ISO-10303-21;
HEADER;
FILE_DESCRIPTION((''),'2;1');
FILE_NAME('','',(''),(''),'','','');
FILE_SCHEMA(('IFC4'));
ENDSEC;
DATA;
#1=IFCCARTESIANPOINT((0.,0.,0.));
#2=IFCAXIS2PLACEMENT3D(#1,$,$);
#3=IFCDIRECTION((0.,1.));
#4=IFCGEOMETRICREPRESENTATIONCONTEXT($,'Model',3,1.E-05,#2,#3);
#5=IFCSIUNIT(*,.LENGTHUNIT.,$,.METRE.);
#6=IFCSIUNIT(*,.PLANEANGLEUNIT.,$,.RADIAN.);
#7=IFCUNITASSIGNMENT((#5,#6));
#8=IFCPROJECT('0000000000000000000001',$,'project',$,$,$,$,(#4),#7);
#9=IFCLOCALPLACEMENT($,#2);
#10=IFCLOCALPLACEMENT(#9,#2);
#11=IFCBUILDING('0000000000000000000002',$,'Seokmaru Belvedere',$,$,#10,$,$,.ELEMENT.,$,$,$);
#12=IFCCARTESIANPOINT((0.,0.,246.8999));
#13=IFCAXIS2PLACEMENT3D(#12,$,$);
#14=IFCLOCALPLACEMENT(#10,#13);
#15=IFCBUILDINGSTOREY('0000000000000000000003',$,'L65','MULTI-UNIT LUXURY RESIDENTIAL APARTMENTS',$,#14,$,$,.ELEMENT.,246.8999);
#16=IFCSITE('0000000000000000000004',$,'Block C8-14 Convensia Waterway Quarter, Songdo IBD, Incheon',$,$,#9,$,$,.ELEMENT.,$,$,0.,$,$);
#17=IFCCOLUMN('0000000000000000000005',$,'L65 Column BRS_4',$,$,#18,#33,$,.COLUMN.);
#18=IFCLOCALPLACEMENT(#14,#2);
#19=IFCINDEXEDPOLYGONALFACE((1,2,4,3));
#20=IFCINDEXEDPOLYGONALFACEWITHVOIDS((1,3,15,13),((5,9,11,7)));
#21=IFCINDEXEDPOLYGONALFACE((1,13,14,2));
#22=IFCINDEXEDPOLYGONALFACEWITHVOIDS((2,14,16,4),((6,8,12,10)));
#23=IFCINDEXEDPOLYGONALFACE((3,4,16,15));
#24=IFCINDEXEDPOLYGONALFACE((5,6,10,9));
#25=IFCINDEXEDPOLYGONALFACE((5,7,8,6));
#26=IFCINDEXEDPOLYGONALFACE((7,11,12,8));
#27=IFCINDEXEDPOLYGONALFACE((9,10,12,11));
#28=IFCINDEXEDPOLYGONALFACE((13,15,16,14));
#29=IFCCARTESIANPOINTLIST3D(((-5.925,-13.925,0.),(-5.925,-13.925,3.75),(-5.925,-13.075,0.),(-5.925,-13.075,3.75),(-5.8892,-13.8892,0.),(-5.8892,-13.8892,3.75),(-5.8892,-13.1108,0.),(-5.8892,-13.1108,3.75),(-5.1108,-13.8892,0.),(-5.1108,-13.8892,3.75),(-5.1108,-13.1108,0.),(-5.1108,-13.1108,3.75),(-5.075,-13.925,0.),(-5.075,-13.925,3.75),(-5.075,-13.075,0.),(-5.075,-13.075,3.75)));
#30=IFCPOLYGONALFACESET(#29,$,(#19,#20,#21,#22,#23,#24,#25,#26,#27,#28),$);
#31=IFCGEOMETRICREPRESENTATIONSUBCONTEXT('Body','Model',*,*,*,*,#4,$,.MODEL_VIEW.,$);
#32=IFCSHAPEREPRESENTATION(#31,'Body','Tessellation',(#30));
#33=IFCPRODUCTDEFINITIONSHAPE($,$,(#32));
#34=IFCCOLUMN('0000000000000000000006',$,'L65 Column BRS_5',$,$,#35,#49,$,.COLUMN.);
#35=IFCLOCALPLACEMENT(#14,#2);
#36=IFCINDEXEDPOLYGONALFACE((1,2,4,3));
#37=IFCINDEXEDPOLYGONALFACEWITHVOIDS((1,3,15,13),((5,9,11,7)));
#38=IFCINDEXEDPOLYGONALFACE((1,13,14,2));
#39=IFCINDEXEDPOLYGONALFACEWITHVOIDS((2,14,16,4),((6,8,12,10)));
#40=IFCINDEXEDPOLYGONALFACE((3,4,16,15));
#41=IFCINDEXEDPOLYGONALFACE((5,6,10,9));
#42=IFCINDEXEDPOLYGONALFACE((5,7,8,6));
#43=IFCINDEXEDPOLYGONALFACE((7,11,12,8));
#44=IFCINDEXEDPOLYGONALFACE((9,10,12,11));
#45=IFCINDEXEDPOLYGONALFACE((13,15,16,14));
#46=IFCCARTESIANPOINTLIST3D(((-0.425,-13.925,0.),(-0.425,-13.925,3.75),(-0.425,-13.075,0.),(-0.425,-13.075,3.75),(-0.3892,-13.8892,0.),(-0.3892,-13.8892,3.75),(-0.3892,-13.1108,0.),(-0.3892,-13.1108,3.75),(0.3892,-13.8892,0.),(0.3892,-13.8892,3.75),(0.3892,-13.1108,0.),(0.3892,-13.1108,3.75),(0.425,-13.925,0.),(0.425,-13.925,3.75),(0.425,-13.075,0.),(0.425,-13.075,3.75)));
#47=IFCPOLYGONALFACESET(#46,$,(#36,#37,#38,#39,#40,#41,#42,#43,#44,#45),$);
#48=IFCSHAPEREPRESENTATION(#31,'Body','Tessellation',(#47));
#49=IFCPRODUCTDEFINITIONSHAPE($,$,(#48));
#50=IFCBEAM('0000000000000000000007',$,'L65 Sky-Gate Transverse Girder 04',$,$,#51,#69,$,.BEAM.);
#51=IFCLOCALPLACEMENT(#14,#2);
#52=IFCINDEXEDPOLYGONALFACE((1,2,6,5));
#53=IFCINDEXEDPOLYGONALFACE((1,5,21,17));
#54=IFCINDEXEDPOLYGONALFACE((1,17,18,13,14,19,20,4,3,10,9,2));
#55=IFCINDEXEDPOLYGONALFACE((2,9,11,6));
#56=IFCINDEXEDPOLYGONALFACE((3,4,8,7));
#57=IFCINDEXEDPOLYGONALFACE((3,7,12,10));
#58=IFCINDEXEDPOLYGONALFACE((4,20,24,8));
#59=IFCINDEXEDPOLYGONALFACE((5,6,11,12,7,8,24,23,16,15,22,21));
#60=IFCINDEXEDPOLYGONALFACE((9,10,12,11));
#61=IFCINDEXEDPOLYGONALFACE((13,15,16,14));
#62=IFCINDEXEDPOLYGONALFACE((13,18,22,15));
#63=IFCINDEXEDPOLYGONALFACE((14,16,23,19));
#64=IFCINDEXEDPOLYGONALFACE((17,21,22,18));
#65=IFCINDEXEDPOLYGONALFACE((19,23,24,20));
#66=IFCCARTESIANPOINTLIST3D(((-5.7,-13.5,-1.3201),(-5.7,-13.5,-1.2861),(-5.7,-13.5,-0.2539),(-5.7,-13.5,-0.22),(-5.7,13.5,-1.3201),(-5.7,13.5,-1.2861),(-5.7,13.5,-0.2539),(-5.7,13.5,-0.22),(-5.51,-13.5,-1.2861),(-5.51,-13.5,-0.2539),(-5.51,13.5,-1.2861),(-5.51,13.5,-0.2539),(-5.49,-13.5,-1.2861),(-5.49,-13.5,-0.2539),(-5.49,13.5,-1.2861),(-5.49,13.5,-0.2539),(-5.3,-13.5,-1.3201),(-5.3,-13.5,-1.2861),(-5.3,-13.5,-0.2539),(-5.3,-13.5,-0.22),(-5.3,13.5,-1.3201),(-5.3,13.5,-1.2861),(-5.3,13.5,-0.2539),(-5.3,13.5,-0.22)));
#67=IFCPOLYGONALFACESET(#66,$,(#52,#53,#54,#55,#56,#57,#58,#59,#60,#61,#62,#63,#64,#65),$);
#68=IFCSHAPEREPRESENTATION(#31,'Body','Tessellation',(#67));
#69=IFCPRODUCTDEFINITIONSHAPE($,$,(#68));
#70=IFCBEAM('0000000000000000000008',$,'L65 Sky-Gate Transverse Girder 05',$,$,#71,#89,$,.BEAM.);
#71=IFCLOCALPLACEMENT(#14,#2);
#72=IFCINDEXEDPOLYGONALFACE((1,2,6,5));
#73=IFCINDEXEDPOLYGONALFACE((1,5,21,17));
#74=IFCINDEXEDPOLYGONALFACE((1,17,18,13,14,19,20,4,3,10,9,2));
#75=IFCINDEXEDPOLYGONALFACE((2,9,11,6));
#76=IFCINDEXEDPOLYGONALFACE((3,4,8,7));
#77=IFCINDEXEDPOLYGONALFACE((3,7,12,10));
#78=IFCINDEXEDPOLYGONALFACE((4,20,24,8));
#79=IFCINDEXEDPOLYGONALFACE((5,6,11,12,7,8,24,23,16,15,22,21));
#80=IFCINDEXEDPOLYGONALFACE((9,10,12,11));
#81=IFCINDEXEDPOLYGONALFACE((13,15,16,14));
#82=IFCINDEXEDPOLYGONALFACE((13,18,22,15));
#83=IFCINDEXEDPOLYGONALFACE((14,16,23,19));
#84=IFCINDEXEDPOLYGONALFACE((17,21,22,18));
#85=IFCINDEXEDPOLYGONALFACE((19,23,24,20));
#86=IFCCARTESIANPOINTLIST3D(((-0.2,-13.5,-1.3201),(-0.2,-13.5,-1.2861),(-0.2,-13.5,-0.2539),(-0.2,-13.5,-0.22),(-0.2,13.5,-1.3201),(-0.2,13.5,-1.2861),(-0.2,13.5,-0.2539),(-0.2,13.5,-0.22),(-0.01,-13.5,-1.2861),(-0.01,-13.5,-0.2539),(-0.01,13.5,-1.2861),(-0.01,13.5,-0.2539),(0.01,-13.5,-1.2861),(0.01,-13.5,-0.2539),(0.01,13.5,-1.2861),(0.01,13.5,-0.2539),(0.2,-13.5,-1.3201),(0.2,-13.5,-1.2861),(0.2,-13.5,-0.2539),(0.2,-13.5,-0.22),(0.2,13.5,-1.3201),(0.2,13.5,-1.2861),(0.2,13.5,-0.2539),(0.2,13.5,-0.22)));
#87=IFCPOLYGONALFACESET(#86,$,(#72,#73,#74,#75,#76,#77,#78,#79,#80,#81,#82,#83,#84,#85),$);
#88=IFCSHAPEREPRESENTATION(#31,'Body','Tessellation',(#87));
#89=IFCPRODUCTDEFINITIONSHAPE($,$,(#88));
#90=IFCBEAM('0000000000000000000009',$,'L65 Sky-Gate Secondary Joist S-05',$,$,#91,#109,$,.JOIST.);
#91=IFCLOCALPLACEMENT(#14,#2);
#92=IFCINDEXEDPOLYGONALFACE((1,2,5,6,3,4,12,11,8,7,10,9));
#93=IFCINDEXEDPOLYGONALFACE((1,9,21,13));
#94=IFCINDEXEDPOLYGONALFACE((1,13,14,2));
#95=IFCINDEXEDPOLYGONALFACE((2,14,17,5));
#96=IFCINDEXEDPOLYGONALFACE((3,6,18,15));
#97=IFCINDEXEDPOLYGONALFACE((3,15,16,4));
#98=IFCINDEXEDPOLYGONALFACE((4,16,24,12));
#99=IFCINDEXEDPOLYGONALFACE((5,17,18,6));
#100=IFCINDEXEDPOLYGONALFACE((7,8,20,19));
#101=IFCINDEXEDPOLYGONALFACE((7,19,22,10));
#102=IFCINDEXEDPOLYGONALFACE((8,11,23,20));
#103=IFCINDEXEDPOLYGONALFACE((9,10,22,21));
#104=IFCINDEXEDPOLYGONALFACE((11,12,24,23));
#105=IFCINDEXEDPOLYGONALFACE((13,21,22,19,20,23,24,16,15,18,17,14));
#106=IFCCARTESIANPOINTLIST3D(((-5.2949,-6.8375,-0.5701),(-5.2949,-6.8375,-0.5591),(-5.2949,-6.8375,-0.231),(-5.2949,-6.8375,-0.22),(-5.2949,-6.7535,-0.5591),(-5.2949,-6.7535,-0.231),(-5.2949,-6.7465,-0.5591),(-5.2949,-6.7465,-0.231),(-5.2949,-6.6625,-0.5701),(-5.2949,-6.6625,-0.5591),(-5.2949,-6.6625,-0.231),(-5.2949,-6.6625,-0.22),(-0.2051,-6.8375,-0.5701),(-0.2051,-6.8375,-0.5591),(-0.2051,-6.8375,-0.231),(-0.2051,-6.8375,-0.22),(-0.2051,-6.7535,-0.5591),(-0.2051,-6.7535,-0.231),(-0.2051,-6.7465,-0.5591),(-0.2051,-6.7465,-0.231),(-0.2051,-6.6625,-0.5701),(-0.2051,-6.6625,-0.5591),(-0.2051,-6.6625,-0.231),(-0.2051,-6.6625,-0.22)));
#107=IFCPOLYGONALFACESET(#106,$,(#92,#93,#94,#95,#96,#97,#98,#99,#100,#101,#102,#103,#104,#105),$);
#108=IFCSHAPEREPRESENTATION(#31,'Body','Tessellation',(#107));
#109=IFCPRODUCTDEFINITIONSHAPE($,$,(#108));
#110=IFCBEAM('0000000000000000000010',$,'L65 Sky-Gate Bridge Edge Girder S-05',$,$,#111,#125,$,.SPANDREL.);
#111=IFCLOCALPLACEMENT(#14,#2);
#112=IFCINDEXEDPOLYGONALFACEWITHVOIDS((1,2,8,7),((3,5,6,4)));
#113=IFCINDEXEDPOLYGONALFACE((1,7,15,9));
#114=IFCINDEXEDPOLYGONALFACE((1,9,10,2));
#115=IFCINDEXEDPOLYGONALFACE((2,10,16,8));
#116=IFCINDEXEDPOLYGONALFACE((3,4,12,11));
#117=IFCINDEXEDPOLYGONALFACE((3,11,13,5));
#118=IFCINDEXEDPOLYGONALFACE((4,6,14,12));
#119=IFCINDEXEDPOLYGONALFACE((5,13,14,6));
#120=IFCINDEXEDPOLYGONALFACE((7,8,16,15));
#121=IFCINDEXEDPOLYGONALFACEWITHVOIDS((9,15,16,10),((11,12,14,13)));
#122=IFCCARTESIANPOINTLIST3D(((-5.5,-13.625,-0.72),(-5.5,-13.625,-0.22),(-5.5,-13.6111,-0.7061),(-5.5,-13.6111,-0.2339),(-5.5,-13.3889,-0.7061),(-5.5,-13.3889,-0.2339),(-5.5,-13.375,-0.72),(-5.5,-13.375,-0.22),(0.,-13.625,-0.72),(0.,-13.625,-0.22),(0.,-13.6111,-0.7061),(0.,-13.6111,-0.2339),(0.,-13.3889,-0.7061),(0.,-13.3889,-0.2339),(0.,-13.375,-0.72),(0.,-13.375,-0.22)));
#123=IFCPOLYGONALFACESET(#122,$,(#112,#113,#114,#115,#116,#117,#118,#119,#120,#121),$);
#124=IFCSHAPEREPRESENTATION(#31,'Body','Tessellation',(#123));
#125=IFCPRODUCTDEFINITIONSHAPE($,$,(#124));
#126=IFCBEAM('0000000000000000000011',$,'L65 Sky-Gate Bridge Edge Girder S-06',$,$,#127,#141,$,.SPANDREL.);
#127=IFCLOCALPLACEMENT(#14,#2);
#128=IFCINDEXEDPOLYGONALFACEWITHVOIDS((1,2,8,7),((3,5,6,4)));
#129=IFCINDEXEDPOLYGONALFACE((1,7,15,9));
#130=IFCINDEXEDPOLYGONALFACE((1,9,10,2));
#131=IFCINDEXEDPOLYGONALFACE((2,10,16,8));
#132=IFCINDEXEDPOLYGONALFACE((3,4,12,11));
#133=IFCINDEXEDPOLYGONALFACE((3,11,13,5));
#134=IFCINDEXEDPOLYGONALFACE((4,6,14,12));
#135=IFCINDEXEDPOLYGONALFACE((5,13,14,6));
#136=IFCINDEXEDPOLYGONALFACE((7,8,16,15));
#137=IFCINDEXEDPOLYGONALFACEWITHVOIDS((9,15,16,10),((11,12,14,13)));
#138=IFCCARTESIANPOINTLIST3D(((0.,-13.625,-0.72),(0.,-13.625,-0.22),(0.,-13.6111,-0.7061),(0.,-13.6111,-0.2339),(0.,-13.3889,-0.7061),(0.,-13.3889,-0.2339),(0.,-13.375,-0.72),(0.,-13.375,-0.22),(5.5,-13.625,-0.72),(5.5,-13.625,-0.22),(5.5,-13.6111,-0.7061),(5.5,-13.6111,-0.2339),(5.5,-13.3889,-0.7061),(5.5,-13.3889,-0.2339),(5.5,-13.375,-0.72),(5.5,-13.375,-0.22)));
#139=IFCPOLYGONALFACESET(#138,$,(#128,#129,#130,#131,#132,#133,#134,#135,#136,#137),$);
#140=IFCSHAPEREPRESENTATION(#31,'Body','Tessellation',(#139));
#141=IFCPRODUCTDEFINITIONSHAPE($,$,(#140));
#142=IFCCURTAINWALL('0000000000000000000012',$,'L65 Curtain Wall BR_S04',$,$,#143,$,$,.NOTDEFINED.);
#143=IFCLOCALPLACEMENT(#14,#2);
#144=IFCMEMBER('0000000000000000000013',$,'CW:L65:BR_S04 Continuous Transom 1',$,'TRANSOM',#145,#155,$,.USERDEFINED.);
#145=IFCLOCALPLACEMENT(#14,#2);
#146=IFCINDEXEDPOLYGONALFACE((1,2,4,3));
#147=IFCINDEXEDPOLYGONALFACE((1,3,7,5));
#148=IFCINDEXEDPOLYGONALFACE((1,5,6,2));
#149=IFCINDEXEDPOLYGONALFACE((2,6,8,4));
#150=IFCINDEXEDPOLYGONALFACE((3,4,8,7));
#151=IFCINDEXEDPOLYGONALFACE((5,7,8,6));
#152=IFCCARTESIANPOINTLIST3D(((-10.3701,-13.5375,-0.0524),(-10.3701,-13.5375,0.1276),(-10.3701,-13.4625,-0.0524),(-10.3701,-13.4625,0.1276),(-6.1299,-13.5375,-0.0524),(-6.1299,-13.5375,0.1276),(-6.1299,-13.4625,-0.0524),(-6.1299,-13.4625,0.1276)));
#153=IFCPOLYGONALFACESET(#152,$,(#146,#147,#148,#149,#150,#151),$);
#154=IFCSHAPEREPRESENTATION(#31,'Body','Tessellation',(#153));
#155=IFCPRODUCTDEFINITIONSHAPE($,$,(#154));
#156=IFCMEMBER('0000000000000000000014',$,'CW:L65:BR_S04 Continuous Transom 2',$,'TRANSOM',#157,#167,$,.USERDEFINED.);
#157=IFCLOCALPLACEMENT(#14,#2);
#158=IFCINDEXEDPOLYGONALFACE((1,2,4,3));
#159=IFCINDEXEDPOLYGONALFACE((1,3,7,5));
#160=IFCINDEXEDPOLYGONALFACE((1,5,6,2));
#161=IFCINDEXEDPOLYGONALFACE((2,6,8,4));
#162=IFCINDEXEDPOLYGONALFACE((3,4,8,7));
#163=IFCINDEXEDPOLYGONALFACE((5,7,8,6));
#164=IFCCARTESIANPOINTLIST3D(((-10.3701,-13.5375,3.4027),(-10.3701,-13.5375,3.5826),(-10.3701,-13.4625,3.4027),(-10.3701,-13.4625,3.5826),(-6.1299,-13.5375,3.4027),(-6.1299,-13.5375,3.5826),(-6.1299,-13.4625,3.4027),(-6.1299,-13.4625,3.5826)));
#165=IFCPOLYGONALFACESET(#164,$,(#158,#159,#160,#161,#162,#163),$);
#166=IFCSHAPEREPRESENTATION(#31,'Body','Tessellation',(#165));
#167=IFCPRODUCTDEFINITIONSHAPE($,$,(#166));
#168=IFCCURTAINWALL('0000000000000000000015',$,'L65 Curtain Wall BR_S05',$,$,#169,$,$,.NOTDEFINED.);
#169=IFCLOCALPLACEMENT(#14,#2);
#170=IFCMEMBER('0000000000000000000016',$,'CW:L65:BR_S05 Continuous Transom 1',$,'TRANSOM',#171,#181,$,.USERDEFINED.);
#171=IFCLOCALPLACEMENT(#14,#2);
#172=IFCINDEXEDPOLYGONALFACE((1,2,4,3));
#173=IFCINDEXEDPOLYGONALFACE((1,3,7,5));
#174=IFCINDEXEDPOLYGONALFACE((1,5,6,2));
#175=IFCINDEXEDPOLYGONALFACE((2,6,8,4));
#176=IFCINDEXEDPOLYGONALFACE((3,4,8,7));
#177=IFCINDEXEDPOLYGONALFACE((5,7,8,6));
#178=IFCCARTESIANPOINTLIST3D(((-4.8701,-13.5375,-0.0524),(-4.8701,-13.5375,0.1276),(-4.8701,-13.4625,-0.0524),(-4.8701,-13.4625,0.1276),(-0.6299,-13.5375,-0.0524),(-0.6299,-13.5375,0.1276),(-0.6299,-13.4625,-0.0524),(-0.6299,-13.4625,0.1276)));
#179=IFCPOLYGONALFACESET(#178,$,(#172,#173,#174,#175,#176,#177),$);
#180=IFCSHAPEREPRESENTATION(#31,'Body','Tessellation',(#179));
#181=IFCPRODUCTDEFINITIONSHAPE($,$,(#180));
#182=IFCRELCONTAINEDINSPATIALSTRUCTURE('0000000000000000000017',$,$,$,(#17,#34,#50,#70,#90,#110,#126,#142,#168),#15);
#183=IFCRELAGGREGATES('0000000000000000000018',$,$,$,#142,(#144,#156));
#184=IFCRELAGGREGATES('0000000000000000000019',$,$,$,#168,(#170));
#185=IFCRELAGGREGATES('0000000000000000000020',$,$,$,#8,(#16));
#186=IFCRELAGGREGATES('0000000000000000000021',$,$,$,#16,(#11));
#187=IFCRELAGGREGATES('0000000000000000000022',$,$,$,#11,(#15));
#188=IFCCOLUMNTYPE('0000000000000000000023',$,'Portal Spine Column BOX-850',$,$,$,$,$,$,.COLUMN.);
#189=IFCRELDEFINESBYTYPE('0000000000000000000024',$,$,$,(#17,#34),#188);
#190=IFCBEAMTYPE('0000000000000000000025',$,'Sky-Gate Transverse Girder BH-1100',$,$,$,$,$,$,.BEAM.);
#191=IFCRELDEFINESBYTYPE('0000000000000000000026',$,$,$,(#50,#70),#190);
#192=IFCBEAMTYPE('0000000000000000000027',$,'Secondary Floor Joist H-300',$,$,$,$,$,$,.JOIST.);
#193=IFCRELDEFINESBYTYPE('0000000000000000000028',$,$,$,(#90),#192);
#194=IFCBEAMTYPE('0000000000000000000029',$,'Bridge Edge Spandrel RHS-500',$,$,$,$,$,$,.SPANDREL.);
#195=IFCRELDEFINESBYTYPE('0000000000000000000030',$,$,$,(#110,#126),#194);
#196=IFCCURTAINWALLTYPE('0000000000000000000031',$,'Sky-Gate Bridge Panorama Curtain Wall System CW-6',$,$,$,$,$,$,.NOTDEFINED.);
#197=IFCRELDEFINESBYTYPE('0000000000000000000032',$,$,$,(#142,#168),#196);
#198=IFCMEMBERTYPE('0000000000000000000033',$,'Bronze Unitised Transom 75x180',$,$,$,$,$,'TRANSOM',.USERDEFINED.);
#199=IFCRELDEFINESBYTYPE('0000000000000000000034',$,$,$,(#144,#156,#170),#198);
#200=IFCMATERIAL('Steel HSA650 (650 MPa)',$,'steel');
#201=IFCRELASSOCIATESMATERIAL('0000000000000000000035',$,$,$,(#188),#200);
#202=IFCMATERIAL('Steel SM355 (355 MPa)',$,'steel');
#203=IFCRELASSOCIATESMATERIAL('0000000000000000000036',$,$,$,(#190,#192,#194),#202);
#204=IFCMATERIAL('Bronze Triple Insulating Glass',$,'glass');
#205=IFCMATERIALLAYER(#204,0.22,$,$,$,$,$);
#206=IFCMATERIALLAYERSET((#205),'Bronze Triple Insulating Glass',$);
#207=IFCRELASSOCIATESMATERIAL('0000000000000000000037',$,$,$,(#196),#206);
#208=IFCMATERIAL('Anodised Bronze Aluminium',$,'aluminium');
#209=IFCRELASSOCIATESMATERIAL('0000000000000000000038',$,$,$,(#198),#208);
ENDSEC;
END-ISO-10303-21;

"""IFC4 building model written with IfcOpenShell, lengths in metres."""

from ifc_helpers import new_model, si_unit, direction, frame, origin, origin_2d, place, context, subcontext, project, spatial, rectangle, hollow_rectangle, i_section, extrude, source, transform, mapped, material, layer, layer_set, material_profile, profile_set, type_object, type_shapes, element, aggregate, save


model = new_model("IFC4")

# Units and contexts
model_context = context("Model", 3, precision=1e-05, world=origin(), true_north=direction((0.0, 1.0)))
body_context = subcontext(model_context, "Body", "Model", "MODEL_VIEW")
ifc_project = project(units=[si_unit("LENGTHUNIT", "METRE"), si_unit("PLANEANGLEUNIT", "RADIAN")], contexts=[model_context])

# Site, building, storey
site_placement = place(None, origin())
site = spatial("IfcSite", under=ifc_project, at=site_placement, Name="Block C8-14 Convensia Waterway Quarter, Songdo IBD, Incheon", CompositionType="ELEMENT", RefElevation=0.0)
building_placement = place(site_placement, origin())
building = spatial("IfcBuilding", under=site, at=building_placement, Name="Seokmaru Belvedere", CompositionType="ELEMENT")
storey_placement = place(building_placement, frame((0.0, 0.0, 246.8999)))
storey = spatial("IfcBuildingStorey", under=building, at=storey_placement, Name="L65", Description="MULTI-UNIT LUXURY RESIDENTIAL APARTMENTS", CompositionType="ELEMENT", Elevation=246.8999)

# Columns
ifc_material_1 = material(Name="Steel HSA650 (650 MPa)", Category="steel")
ifc_material_profile_1 = material_profile(ifc_material_1, hollow_rectangle(XDim=0.8501, YDim=0.8501, WallThickness=0.0359, at=origin_2d()), Name="BOX-850x850x36")
ifc_profile_set_1 = profile_set([ifc_material_profile_1], Name="Steel HSA650 (650 MPa)")
column_type = type_object("IfcColumnType", Name="Portal Spine Column BOX-850", PredefinedType="COLUMN", material=ifc_profile_set_1)
shared_shape_1 = source(origin(), body_context, "Body", "SweptSolid", [
    extrude(hollow_rectangle(XDim=0.8501, YDim=0.8501, WallThickness=0.0359, at=origin_2d()), origin(), (0.0, 0.0, 1.0), 3.75),
])
type_shapes(column_type, [shared_shape_1])
for number, where, z_axis, x_axis, name in (
    (1, (-5.5, -13.5, 0.0), (0.0, 0.0, 1.0), (1.0, 0.0, 0.0), "L65 Column BRS_4"),
    (2, (0.0, -13.5, 0.0), (0.0, 0.0, 1.0), (1.0, 0.0, 0.0), "L65 Column BRS_5"),
):
    element("IfcColumn", number, at=place(storey_placement, frame(where, z_axis=z_axis, x_axis=x_axis)), inside=storey, type_object=column_type, Name=name, PredefinedType="COLUMN", context=body_context, shape_type="MappedRepresentation", body=[
        mapped(shared_shape_1, transform((0.0, 0.0, 0.0), scale=1.0)),
    ])

# Beams
ifc_material_2 = material(Name="Steel SM355 (355 MPa)", Category="steel")
ifc_material_profile_2 = material_profile(ifc_material_2, i_section(OverallWidth=0.3999, OverallDepth=1.1001, WebThickness=0.02, FlangeThickness=0.0339, at=origin_2d()), Name="BH-1100x400x20x34")
ifc_profile_set_2 = profile_set([ifc_material_profile_2], Name="Steel SM355 (355 MPa)")
beam_type_1 = type_object("IfcBeamType", Name="Sky-Gate Transverse Girder BH-1100", PredefinedType="BEAM", material=ifc_profile_set_2)
shared_shape_2 = source(origin(), body_context, "Body", "SweptSolid", [
    extrude(i_section(OverallWidth=0.3999, OverallDepth=1.1001, WebThickness=0.02, FlangeThickness=0.0339, at=origin_2d()), origin(), (0.0, 0.0, 1.0), 27.0),
])
type_shapes(beam_type_1, [shared_shape_2])
for number, where, z_axis, x_axis, name in (
    (3, (-5.5, -13.5, -0.77), (0.0, 1.0, 0.0), (-1.0, 0.0, 0.0), "L65 Sky-Gate Transverse Girder 04"),
    (4, (0.0, -13.5, -0.77), (0.0, 1.0, 0.0), (-1.0, 0.0, 0.0), "L65 Sky-Gate Transverse Girder 05"),
):
    element("IfcBeam", number, at=place(storey_placement, frame(where, z_axis=z_axis, x_axis=x_axis)), inside=storey, type_object=beam_type_1, Name=name, PredefinedType="BEAM", context=body_context, shape_type="MappedRepresentation", body=[
        mapped(shared_shape_2, transform((0.0, 0.0, 0.0), scale=1.0)),
    ])
ifc_material_profile_3 = material_profile(ifc_material_2, i_section(OverallWidth=0.175, OverallDepth=0.3501, WebThickness=0.0071, FlangeThickness=0.011, at=origin_2d()), Name="H-350x175x7x11")
ifc_profile_set_3 = profile_set([ifc_material_profile_3], Name="Steel SM355 (355 MPa)")
beam_type_2 = type_object("IfcBeamType", Name="Secondary Floor Joist H-300", PredefinedType="JOIST", material=ifc_profile_set_3)
shared_shape_3 = source(origin(), body_context, "Body", "SweptSolid", [
    extrude(i_section(OverallWidth=0.175, OverallDepth=0.3501, WebThickness=0.0071, FlangeThickness=0.011, at=origin_2d()), origin(), (0.0, 0.0, 1.0), 5.0898),
])
type_shapes(beam_type_2, [shared_shape_3])
beam_placement = place(storey_placement, frame((-5.2949, -6.75, -0.395), z_axis=(1.0, 0.0, 0.0), x_axis=(0.0, 1.0, 0.0)))
element("IfcBeam", 5, at=beam_placement, inside=storey, type_object=beam_type_2, Name="L65 Sky-Gate Secondary Joist S-05", PredefinedType="JOIST", context=body_context, shape_type="MappedRepresentation", body=[
    mapped(shared_shape_3, transform((0.0, 0.0, 0.0), scale=1.0)),
])
ifc_material_profile_4 = material_profile(ifc_material_2, hollow_rectangle(XDim=0.25, YDim=0.5, WallThickness=0.0139, at=origin_2d()), Name="RHS-500x250x14")
ifc_profile_set_4 = profile_set([ifc_material_profile_4], Name="Steel SM355 (355 MPa)")
beam_type_3 = type_object("IfcBeamType", Name="Bridge Edge Spandrel RHS-500", PredefinedType="SPANDREL", material=ifc_profile_set_4)
shared_shape_4 = source(origin(), body_context, "Body", "SweptSolid", [
    extrude(hollow_rectangle(XDim=0.25, YDim=0.5, WallThickness=0.0139, at=origin_2d()), origin(), (0.0, 0.0, 1.0), 5.5),
])
type_shapes(beam_type_3, [shared_shape_4])
for number, where, z_axis, x_axis, name in (
    (6, (-5.5, -13.5, -0.47), (1.0, 0.0, 0.0), (0.0, 1.0, 0.0), "L65 Sky-Gate Bridge Edge Girder S-05"),
    (7, (0.0, -13.5, -0.47), (1.0, 0.0, 0.0), (0.0, 1.0, 0.0), "L65 Sky-Gate Bridge Edge Girder S-06"),
):
    element("IfcBeam", number, at=place(storey_placement, frame(where, z_axis=z_axis, x_axis=x_axis)), inside=storey, type_object=beam_type_3, Name=name, PredefinedType="SPANDREL", context=body_context, shape_type="MappedRepresentation", body=[
        mapped(shared_shape_4, transform((0.0, 0.0, 0.0), scale=1.0)),
    ])

# Curtain walls, members
ifc_material_3 = material(Name="Bronze Triple Insulating Glass", Category="glass")
ifc_layer_1 = layer(ifc_material_3, 0.22)
ifc_layer_set_1 = layer_set([ifc_layer_1], Name="Bronze Triple Insulating Glass")
curtain_wall_type = type_object("IfcCurtainWallType", Name="Sky-Gate Bridge Panorama Curtain Wall System CW-6", PredefinedType="NOTDEFINED", material=ifc_layer_set_1)
curtain_wall_1_placement = place(storey_placement, origin())
curtain_wall_1 = element("IfcCurtainWall", 8, at=curtain_wall_1_placement, inside=storey, type_object=curtain_wall_type, Name="L65 Curtain Wall BR_S04", PredefinedType="NOTDEFINED")
ifc_material_4 = material(Name="Anodised Bronze Aluminium", Category="aluminium")
ifc_material_profile_5 = material_profile(ifc_material_4, rectangle(XDim=0.075, YDim=0.1799, at=origin_2d()), Name="CW-T-75x180")
ifc_profile_set_5 = profile_set([ifc_material_profile_5], Name="Anodised Bronze Aluminium")
member_type_1 = type_object("IfcMemberType", Name="Bronze Unitised Transom 75x180", ElementType="TRANSOM", PredefinedType="USERDEFINED", material=ifc_profile_set_5)
shared_shape_5 = source(origin(), body_context, "Body", "SweptSolid", [
    extrude(rectangle(XDim=0.075, YDim=0.1799, at=origin_2d()), origin(), (0.0, 0.0, 1.0), 4.2402),
])
type_shapes(member_type_1, [shared_shape_5])
member_1_placement = place(storey_placement, frame((-10.3701, -13.5, 0.0376), z_axis=(1.0, 0.0, 0.0), x_axis=(0.0, 1.0, 0.0)))
member_1 = element("IfcMember", 9, at=member_1_placement, type_object=member_type_1, Name="CW:L65:BR_S04 Continuous Transom 1", ObjectType="TRANSOM", PredefinedType="USERDEFINED", context=body_context, shape_type="MappedRepresentation", body=[
    mapped(shared_shape_5, transform((0.0, 0.0, 0.0), scale=1.0)),
])
member_2_placement = place(storey_placement, frame((-10.3701, -13.5, 3.4927), z_axis=(1.0, 0.0, 0.0), x_axis=(0.0, 1.0, 0.0)))
member_2 = element("IfcMember", 10, at=member_2_placement, type_object=member_type_1, Name="CW:L65:BR_S04 Continuous Transom 2", ObjectType="TRANSOM", PredefinedType="USERDEFINED", context=body_context, shape_type="MappedRepresentation", body=[
    mapped(shared_shape_5, transform((0.0, 0.0, 0.0), scale=1.0)),
])
curtain_wall_2_placement = place(storey_placement, origin())
curtain_wall_2 = element("IfcCurtainWall", 11, at=curtain_wall_2_placement, inside=storey, type_object=curtain_wall_type, Name="L65 Curtain Wall BR_S05", PredefinedType="NOTDEFINED")
member_3_placement = place(storey_placement, frame((-4.8701, -13.5, 0.0376), z_axis=(1.0, 0.0, 0.0), x_axis=(0.0, 1.0, 0.0)))
member_3 = element("IfcMember", 12, at=member_3_placement, type_object=member_type_1, Name="CW:L65:BR_S05 Continuous Transom 1", ObjectType="TRANSOM", PredefinedType="USERDEFINED", context=body_context, shape_type="MappedRepresentation", body=[
    mapped(shared_shape_5, transform((0.0, 0.0, 0.0), scale=1.0)),
])

aggregate(curtain_wall_1, [member_1, member_2])
aggregate(curtain_wall_2, [member_3])

save(model, "model.ifc")
